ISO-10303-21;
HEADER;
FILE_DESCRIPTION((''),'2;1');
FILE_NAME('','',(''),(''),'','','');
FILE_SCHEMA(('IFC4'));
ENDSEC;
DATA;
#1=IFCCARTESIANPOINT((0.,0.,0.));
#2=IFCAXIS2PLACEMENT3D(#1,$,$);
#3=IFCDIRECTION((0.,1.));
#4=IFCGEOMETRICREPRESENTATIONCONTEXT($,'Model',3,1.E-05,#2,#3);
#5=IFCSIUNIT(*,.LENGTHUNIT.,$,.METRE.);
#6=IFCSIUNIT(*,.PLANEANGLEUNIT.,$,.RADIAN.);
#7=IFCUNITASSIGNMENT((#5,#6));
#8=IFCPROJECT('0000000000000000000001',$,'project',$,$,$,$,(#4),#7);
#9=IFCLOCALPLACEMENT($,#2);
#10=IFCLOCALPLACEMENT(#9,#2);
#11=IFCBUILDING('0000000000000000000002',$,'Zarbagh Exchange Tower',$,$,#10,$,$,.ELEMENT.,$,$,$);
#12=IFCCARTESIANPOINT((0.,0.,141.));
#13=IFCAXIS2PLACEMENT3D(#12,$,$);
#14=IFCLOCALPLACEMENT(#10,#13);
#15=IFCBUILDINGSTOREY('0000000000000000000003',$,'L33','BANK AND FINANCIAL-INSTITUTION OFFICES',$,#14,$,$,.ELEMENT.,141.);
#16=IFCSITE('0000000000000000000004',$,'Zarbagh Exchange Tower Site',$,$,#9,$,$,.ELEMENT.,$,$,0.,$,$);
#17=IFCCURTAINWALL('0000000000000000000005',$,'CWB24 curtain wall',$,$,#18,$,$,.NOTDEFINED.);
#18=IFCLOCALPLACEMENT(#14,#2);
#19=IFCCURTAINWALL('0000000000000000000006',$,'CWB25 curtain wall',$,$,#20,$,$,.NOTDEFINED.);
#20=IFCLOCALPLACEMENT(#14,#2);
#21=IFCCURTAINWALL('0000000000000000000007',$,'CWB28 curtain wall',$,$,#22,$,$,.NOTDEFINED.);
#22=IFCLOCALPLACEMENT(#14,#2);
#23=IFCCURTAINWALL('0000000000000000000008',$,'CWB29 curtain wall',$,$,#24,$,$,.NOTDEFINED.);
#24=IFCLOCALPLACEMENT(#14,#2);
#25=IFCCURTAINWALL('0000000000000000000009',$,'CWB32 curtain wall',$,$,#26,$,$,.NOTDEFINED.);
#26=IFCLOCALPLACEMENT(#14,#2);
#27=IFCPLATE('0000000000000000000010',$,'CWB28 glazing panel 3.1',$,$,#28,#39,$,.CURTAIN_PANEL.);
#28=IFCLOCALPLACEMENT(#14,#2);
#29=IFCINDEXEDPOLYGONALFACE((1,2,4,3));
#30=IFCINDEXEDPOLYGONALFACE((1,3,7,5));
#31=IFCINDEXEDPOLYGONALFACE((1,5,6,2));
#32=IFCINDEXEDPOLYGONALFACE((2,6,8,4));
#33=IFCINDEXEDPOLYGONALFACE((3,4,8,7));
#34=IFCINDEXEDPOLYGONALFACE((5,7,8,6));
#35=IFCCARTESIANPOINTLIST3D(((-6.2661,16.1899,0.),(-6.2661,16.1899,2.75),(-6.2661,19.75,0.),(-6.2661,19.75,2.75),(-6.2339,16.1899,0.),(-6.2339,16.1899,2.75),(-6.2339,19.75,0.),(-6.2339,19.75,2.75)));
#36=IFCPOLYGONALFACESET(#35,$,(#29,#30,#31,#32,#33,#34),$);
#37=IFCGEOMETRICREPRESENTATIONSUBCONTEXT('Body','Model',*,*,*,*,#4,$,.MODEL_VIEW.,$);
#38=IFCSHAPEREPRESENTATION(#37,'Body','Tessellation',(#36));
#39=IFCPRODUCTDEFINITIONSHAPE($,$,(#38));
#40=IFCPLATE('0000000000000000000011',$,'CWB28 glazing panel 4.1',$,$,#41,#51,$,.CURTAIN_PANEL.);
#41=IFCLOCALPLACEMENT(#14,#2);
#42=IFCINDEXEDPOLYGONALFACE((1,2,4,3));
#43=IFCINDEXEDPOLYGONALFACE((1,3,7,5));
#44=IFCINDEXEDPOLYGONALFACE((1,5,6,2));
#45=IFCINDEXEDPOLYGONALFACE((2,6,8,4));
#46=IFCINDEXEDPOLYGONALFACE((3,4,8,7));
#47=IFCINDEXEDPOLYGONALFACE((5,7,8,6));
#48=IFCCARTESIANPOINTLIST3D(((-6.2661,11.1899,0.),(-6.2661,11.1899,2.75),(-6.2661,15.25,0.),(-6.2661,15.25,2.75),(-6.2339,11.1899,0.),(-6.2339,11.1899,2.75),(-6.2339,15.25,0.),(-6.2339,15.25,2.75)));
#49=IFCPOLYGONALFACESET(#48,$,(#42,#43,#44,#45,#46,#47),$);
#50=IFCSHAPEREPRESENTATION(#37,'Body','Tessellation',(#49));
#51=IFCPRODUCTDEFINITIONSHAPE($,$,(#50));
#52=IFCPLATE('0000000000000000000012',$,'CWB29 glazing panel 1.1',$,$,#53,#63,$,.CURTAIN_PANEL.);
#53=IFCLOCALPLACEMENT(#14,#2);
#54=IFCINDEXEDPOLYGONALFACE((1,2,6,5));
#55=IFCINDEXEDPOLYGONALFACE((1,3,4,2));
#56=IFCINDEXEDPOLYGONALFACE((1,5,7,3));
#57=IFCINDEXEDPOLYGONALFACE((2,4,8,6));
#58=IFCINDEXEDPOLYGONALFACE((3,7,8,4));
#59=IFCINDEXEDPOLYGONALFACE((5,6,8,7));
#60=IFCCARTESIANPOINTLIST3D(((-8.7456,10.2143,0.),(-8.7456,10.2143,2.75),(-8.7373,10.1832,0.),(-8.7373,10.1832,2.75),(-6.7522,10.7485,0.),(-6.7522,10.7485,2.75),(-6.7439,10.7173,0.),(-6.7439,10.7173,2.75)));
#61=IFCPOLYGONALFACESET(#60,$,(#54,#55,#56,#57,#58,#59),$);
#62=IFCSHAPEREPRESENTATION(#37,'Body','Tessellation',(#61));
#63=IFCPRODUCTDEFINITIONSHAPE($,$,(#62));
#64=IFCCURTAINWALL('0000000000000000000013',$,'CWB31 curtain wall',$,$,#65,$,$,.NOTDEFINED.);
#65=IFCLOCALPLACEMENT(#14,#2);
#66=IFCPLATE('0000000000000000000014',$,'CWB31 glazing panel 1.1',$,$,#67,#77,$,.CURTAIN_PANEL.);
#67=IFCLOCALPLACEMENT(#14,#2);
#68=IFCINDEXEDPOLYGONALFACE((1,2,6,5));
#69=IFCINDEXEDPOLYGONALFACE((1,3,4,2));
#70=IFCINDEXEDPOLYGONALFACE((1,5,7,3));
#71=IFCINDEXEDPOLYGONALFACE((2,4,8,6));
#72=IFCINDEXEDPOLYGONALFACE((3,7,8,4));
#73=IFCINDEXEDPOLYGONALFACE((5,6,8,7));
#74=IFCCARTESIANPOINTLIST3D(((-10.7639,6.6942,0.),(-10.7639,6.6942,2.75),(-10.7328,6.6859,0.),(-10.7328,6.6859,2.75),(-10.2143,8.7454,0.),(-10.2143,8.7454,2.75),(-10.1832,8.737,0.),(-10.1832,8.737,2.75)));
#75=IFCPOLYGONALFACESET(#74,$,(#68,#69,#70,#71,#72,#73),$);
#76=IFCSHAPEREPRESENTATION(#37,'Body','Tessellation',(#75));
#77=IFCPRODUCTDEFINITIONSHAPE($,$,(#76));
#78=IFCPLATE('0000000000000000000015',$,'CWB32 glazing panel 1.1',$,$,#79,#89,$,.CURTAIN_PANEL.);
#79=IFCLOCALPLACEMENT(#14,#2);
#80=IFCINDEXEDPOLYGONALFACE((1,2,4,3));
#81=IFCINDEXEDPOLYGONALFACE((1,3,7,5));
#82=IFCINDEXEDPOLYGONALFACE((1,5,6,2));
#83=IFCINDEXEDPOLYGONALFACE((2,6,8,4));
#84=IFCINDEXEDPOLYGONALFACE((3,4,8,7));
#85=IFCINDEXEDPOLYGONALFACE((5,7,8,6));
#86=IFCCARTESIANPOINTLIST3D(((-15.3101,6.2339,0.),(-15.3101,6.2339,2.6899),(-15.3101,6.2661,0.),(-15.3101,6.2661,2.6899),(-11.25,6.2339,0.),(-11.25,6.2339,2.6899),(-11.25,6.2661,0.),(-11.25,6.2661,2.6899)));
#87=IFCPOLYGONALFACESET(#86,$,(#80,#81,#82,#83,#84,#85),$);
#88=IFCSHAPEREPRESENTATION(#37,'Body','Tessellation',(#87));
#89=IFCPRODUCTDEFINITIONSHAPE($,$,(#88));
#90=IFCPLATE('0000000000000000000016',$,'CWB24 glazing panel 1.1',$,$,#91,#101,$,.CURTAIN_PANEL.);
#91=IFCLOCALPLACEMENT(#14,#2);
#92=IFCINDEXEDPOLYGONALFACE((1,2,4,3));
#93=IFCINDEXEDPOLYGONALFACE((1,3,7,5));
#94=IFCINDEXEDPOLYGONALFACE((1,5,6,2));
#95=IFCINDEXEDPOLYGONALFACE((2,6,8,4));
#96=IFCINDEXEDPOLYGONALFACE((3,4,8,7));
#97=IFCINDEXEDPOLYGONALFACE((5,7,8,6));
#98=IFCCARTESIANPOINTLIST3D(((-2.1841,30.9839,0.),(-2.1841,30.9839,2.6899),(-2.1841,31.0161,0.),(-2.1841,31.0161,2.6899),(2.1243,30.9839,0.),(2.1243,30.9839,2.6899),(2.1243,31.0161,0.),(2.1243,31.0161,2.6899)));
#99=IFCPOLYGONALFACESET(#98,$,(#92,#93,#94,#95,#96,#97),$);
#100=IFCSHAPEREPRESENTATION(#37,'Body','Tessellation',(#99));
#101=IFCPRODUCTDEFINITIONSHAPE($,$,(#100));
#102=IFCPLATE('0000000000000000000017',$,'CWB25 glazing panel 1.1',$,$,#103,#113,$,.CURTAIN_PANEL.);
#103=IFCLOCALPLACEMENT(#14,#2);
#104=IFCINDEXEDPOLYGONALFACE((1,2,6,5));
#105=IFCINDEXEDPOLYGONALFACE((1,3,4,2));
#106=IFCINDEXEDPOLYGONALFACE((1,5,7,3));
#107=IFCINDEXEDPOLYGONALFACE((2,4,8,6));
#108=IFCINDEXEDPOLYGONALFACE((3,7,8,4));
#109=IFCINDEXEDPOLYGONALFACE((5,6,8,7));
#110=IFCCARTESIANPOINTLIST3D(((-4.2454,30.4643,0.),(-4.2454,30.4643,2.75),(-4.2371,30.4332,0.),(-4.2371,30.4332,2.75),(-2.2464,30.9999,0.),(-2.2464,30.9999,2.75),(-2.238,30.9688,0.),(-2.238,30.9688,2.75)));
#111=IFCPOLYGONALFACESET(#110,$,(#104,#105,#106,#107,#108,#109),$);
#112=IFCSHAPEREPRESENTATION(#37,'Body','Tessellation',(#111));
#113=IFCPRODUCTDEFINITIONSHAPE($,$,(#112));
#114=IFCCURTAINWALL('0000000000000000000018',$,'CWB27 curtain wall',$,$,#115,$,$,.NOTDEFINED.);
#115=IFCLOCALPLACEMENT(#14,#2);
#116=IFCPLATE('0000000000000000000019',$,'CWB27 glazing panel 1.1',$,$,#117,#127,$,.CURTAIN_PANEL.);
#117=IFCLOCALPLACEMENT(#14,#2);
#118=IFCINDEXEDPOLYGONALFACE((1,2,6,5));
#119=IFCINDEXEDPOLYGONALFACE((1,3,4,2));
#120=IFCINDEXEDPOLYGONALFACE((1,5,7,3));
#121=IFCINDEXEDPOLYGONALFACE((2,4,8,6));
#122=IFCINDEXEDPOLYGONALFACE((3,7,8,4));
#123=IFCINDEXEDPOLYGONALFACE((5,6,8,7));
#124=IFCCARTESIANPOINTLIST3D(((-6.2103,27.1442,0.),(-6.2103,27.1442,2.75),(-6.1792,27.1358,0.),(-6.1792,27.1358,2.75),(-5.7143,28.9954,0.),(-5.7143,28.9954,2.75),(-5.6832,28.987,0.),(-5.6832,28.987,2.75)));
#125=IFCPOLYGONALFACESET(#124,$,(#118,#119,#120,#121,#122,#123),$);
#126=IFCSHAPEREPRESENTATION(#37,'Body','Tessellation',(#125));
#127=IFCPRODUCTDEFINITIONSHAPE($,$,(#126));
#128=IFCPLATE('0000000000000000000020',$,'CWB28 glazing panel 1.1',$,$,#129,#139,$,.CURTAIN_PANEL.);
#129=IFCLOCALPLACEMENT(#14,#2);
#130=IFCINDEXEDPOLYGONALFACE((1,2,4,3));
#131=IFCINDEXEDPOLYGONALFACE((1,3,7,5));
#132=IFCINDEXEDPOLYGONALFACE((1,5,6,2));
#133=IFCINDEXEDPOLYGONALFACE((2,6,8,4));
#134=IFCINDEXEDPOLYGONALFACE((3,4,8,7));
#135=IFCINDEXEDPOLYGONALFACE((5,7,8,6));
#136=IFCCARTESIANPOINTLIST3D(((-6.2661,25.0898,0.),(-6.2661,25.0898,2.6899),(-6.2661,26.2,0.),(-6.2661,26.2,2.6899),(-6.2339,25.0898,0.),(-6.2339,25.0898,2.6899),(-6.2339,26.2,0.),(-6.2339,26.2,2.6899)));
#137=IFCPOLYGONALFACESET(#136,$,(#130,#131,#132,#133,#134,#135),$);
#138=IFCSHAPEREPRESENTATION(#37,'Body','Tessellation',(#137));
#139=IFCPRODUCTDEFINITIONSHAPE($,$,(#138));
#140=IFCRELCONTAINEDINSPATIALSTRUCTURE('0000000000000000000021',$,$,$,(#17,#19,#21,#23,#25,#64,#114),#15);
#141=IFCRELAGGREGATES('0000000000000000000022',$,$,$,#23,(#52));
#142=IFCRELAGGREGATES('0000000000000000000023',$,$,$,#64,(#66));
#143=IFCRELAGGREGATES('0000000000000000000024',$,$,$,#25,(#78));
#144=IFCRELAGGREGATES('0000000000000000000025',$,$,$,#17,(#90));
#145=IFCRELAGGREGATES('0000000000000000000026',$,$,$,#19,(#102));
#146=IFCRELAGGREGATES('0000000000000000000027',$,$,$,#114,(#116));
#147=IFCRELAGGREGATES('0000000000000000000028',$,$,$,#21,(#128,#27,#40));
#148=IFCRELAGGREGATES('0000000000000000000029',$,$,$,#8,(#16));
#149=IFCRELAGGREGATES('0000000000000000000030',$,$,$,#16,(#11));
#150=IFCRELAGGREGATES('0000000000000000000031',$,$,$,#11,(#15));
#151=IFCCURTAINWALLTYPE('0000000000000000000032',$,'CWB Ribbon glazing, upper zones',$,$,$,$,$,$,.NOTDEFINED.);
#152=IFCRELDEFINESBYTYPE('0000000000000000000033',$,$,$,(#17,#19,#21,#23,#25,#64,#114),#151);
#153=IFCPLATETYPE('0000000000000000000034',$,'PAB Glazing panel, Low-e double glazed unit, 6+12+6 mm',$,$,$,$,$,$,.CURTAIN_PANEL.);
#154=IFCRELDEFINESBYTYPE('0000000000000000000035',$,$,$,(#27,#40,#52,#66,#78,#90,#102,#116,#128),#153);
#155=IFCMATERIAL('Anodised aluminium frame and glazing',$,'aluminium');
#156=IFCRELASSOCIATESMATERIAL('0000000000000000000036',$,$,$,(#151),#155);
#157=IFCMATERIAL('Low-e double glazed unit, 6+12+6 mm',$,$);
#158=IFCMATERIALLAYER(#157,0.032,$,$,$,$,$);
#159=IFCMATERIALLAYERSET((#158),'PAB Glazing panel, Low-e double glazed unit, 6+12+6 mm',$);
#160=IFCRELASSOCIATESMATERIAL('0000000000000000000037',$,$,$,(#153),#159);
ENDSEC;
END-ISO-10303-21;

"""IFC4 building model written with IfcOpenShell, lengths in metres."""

from ifc_helpers import new_model, si_unit, direction, frame, origin, place, context, subcontext, project, spatial, polyline, outline, extrude, source, transform, mapped, material, layer, layer_set, type_object, element, aggregate, save


model = new_model("IFC4")

# Units and contexts
model_context = context("Model", 3, precision=1e-05, world=origin(), true_north=direction((0.0, 1.0)))
body_context = subcontext(model_context, "Body", "Model", "MODEL_VIEW")
ifc_project = project(units=[si_unit("LENGTHUNIT", "METRE"), si_unit("PLANEANGLEUNIT", "RADIAN")], contexts=[model_context])

# Site, building, storey
site_placement = place(None, origin())
site = spatial("IfcSite", under=ifc_project, at=site_placement, Name="Zarbagh Exchange Tower Site", CompositionType="ELEMENT", RefElevation=0.0)
building_placement = place(site_placement, origin())
building = spatial("IfcBuilding", under=site, at=building_placement, Name="Zarbagh Exchange Tower", CompositionType="ELEMENT")
storey_placement = place(building_placement, frame((0.0, 0.0, 141.0)))
storey = spatial("IfcBuildingStorey", under=building, at=storey_placement, Name="L33", Description="BANK AND FINANCIAL-INSTITUTION OFFICES", CompositionType="ELEMENT", Elevation=141.0)

# Curtain walls
ifc_material_1 = material(Name="Anodised aluminium frame and glazing", Category="aluminium")
curtain_wall_type = type_object("IfcCurtainWallType", Name="CWB Ribbon glazing, upper zones", PredefinedType="NOTDEFINED", material=ifc_material_1)
curtain_wall_1_placement = place(storey_placement, origin())
curtain_wall_1 = element("IfcCurtainWall", 1, at=curtain_wall_1_placement, inside=storey, type_object=curtain_wall_type, Name="CWB24 curtain wall", PredefinedType="NOTDEFINED")
placement = place(storey_placement, origin())
curtain_wall_2_placement = place(storey_placement, origin())
curtain_wall_2 = element("IfcCurtainWall", 2, at=curtain_wall_2_placement, inside=storey, type_object=curtain_wall_type, Name="CWB25 curtain wall", PredefinedType="NOTDEFINED")

# Curtain wall
curtain_wall_3_placement = place(storey_placement, origin())
curtain_wall_3 = element("IfcCurtainWall", 3, at=curtain_wall_3_placement, inside=storey, type_object=curtain_wall_type, Name="CWB28 curtain wall", PredefinedType="NOTDEFINED")

# Curtain walls
curtain_wall_4_placement = place(storey_placement, origin())
curtain_wall_4 = element("IfcCurtainWall", 4, at=curtain_wall_4_placement, inside=storey, type_object=curtain_wall_type, Name="CWB29 curtain wall", PredefinedType="NOTDEFINED")
curtain_wall_5_placement = place(storey_placement, origin())
curtain_wall_5 = element("IfcCurtainWall", 5, at=curtain_wall_5_placement, inside=storey, type_object=curtain_wall_type, Name="CWB32 curtain wall", PredefinedType="NOTDEFINED")

# Shared definitions
ifc_material_2 = material(Name="Low-e double glazed unit, 6+12+6 mm")
ifc_layer = layer(ifc_material_2, 0.032)
ifc_layer_set = layer_set([ifc_layer], Name="PAB Glazing panel, Low-e double glazed unit, 6+12+6 mm")
plate_type = type_object("IfcPlateType", Name="PAB Glazing panel, Low-e double glazed unit, 6+12+6 mm", PredefinedType="CURTAIN_PANEL", material=ifc_layer_set)

# Plates
shared_shape_1 = source(origin(), body_context, "Body", "SweptSolid", [
    extrude(outline(polyline([(0.0, -0.0161), (3.5601, -0.0161), (3.5601, 0.0161), (0.0, 0.0161), (0.0, -0.0161)])), origin(), (0.0, 0.0, 1.0), 2.75),
])
plate_1 = element("IfcPlate", 6, at=placement, type_object=plate_type, Name="CWB28 glazing panel 3.1", PredefinedType="CURTAIN_PANEL", context=body_context, shape_type="MappedRepresentation", body=[
    mapped(shared_shape_1, transform((-6.25, 19.75, 0.0), x_axis=(0.0, -1.0, 0.0), y_axis=(1.0, 0.0, 0.0), z_axis=(0.0, 0.0, 1.0))),
])
shared_shape_2 = source(origin(), body_context, "Body", "SweptSolid", [
    extrude(outline(polyline([(0.0, -0.0161), (4.0601, -0.0161), (4.0601, 0.0161), (0.0, 0.0161), (0.0, -0.0161)])), origin(), (0.0, 0.0, 1.0), 2.75),
])
plate_2 = element("IfcPlate", 7, at=placement, type_object=plate_type, Name="CWB28 glazing panel 4.1", PredefinedType="CURTAIN_PANEL", context=body_context, shape_type="MappedRepresentation", body=[
    mapped(shared_shape_2, transform((-6.25, 15.25, 0.0), x_axis=(0.0, -1.0, 0.0), y_axis=(1.0, 0.0, 0.0), z_axis=(0.0, 0.0, 1.0))),
])
shared_shape_3 = source(origin(), body_context, "Body", "SweptSolid", [
    extrude(outline(polyline([(0.0, -0.0161), (2.0637, -0.0161), (2.0637, 0.0161), (0.0, 0.0161), (0.0, -0.0161)])), origin(), (0.0, 0.0, 1.0), 2.75),
])
plate_3 = element("IfcPlate", 8, at=placement, type_object=plate_type, Name="CWB29 glazing panel 1.1", PredefinedType="CURTAIN_PANEL", context=body_context, shape_type="MappedRepresentation", body=[
    mapped(shared_shape_3, transform((-6.748, 10.7329, 0.0), x_axis=(-0.965924, -0.258825, 0.0), y_axis=(0.258825, -0.965924, 0.0), z_axis=(0.0, 0.0, 1.0))),
])
aggregate(curtain_wall_4, [plate_3])

# Curtain wall, plate
curtain_wall_6_placement = place(storey_placement, origin())
curtain_wall_6 = element("IfcCurtainWall", 9, at=curtain_wall_6_placement, inside=storey, type_object=curtain_wall_type, Name="CWB31 curtain wall", PredefinedType="NOTDEFINED")
shared_shape_4 = source(origin(), body_context, "Body", "SweptSolid", [
    extrude(outline(polyline([(0.0, -0.0161), (2.1235, -0.0161), (2.1235, 0.0161), (0.0, 0.0161), (0.0, -0.0161)])), origin(), (0.0, 0.0, 1.0), 2.75),
])
plate_4 = element("IfcPlate", 10, at=placement, type_object=plate_type, Name="CWB31 glazing panel 1.1", PredefinedType="CURTAIN_PANEL", context=body_context, shape_type="MappedRepresentation", body=[
    mapped(shared_shape_4, transform((-10.1987, 8.7412, 0.0), x_axis=(-0.258825, -0.965924, 0.0), y_axis=(0.965924, -0.258825, 0.0), z_axis=(0.0, 0.0, 1.0))),
])
aggregate(curtain_wall_6, [plate_4])

# Plates
shared_shape_5 = source(origin(), body_context, "Body", "SweptSolid", [
    extrude(outline(polyline([(0.0, -0.0161), (4.0601, -0.0161), (4.0601, 0.0161), (0.0, 0.0161), (0.0, -0.0161)])), origin(), (0.0, 0.0, 1.0), 2.6899),
])
plate_5 = element("IfcPlate", 11, at=placement, type_object=plate_type, Name="CWB32 glazing panel 1.1", PredefinedType="CURTAIN_PANEL", context=body_context, shape_type="MappedRepresentation", body=[
    mapped(shared_shape_5, transform((-11.25, 6.25, 0.0), x_axis=(-1.0, 0.0, 0.0), y_axis=(0.0, -1.0, 0.0), z_axis=(0.0, 0.0, 1.0))),
])
aggregate(curtain_wall_5, [plate_5])
shared_shape_6 = source(origin(), body_context, "Body", "SweptSolid", [
    extrude(outline(polyline([(0.0, -0.0161), (4.3083, -0.0161), (4.3083, 0.0161), (0.0, 0.0161), (0.0, -0.0161)])), origin(), (0.0, 0.0, 1.0), 2.6899),
])
plate_6 = element("IfcPlate", 12, at=placement, type_object=plate_type, Name="CWB24 glazing panel 1.1", PredefinedType="CURTAIN_PANEL", context=body_context, shape_type="MappedRepresentation", body=[
    mapped(shared_shape_6, transform((2.1243, 31.0, 0.0), x_axis=(-1.0, 0.0, 0.0), y_axis=(0.0, -1.0, 0.0), z_axis=(0.0, 0.0, 1.0))),
])
aggregate(curtain_wall_1, [plate_6])
shared_shape_7 = source(origin(), body_context, "Body", "SweptSolid", [
    extrude(outline(polyline([(0.0, -0.0161), (2.0696, -0.0161), (2.0696, 0.0161), (0.0, 0.0161), (0.0, -0.0161)])), origin(), (0.0, 0.0, 1.0), 2.75),
])
plate_7 = element("IfcPlate", 13, at=placement, type_object=plate_type, Name="CWB25 glazing panel 1.1", PredefinedType="CURTAIN_PANEL", context=body_context, shape_type="MappedRepresentation", body=[
    mapped(shared_shape_7, transform((-2.2422, 30.9844, 0.0), x_axis=(-0.965924, -0.258825, 0.0), y_axis=(0.258825, -0.965924, 0.0), z_axis=(0.0, 0.0, 1.0))),
])
aggregate(curtain_wall_2, [plate_7])

# Curtain wall, plate
curtain_wall_7_placement = place(storey_placement, origin())
curtain_wall_7 = element("IfcCurtainWall", 14, at=curtain_wall_7_placement, inside=storey, type_object=curtain_wall_type, Name="CWB27 curtain wall", PredefinedType="NOTDEFINED")
shared_shape_8 = source(origin(), body_context, "Body", "SweptSolid", [
    extrude(outline(polyline([(0.0, -0.0161), (1.9165, -0.0161), (1.9165, 0.0161), (0.0, 0.0161), (0.0, -0.0161)])), origin(), (0.0, 0.0, 1.0), 2.75),
])
plate_8 = element("IfcPlate", 15, at=placement, type_object=plate_type, Name="CWB27 glazing panel 1.1", PredefinedType="CURTAIN_PANEL", context=body_context, shape_type="MappedRepresentation", body=[
    mapped(shared_shape_8, transform((-5.6987, 28.9912, 0.0), x_axis=(-0.258825, -0.965924, 0.0), y_axis=(0.965924, -0.258825, 0.0), z_axis=(0.0, 0.0, 1.0))),
])
aggregate(curtain_wall_7, [plate_8])

# Plate
shared_shape_9 = source(origin(), body_context, "Body", "SweptSolid", [
    extrude(outline(polyline([(0.0, -0.0161), (1.1101, -0.0161), (1.1101, 0.0161), (0.0, 0.0161), (0.0, -0.0161)])), origin(), (0.0, 0.0, 1.0), 2.6899),
])
plate_9 = element("IfcPlate", 16, at=placement, type_object=plate_type, Name="CWB28 glazing panel 1.1", PredefinedType="CURTAIN_PANEL", context=body_context, shape_type="MappedRepresentation", body=[
    mapped(shared_shape_9, transform((-6.25, 26.2, 0.0), x_axis=(0.0, -1.0, 0.0), y_axis=(1.0, 0.0, 0.0), z_axis=(0.0, 0.0, 1.0))),
])
aggregate(curtain_wall_3, [plate_9, plate_1, plate_2])

save(model, "model.ifc")
